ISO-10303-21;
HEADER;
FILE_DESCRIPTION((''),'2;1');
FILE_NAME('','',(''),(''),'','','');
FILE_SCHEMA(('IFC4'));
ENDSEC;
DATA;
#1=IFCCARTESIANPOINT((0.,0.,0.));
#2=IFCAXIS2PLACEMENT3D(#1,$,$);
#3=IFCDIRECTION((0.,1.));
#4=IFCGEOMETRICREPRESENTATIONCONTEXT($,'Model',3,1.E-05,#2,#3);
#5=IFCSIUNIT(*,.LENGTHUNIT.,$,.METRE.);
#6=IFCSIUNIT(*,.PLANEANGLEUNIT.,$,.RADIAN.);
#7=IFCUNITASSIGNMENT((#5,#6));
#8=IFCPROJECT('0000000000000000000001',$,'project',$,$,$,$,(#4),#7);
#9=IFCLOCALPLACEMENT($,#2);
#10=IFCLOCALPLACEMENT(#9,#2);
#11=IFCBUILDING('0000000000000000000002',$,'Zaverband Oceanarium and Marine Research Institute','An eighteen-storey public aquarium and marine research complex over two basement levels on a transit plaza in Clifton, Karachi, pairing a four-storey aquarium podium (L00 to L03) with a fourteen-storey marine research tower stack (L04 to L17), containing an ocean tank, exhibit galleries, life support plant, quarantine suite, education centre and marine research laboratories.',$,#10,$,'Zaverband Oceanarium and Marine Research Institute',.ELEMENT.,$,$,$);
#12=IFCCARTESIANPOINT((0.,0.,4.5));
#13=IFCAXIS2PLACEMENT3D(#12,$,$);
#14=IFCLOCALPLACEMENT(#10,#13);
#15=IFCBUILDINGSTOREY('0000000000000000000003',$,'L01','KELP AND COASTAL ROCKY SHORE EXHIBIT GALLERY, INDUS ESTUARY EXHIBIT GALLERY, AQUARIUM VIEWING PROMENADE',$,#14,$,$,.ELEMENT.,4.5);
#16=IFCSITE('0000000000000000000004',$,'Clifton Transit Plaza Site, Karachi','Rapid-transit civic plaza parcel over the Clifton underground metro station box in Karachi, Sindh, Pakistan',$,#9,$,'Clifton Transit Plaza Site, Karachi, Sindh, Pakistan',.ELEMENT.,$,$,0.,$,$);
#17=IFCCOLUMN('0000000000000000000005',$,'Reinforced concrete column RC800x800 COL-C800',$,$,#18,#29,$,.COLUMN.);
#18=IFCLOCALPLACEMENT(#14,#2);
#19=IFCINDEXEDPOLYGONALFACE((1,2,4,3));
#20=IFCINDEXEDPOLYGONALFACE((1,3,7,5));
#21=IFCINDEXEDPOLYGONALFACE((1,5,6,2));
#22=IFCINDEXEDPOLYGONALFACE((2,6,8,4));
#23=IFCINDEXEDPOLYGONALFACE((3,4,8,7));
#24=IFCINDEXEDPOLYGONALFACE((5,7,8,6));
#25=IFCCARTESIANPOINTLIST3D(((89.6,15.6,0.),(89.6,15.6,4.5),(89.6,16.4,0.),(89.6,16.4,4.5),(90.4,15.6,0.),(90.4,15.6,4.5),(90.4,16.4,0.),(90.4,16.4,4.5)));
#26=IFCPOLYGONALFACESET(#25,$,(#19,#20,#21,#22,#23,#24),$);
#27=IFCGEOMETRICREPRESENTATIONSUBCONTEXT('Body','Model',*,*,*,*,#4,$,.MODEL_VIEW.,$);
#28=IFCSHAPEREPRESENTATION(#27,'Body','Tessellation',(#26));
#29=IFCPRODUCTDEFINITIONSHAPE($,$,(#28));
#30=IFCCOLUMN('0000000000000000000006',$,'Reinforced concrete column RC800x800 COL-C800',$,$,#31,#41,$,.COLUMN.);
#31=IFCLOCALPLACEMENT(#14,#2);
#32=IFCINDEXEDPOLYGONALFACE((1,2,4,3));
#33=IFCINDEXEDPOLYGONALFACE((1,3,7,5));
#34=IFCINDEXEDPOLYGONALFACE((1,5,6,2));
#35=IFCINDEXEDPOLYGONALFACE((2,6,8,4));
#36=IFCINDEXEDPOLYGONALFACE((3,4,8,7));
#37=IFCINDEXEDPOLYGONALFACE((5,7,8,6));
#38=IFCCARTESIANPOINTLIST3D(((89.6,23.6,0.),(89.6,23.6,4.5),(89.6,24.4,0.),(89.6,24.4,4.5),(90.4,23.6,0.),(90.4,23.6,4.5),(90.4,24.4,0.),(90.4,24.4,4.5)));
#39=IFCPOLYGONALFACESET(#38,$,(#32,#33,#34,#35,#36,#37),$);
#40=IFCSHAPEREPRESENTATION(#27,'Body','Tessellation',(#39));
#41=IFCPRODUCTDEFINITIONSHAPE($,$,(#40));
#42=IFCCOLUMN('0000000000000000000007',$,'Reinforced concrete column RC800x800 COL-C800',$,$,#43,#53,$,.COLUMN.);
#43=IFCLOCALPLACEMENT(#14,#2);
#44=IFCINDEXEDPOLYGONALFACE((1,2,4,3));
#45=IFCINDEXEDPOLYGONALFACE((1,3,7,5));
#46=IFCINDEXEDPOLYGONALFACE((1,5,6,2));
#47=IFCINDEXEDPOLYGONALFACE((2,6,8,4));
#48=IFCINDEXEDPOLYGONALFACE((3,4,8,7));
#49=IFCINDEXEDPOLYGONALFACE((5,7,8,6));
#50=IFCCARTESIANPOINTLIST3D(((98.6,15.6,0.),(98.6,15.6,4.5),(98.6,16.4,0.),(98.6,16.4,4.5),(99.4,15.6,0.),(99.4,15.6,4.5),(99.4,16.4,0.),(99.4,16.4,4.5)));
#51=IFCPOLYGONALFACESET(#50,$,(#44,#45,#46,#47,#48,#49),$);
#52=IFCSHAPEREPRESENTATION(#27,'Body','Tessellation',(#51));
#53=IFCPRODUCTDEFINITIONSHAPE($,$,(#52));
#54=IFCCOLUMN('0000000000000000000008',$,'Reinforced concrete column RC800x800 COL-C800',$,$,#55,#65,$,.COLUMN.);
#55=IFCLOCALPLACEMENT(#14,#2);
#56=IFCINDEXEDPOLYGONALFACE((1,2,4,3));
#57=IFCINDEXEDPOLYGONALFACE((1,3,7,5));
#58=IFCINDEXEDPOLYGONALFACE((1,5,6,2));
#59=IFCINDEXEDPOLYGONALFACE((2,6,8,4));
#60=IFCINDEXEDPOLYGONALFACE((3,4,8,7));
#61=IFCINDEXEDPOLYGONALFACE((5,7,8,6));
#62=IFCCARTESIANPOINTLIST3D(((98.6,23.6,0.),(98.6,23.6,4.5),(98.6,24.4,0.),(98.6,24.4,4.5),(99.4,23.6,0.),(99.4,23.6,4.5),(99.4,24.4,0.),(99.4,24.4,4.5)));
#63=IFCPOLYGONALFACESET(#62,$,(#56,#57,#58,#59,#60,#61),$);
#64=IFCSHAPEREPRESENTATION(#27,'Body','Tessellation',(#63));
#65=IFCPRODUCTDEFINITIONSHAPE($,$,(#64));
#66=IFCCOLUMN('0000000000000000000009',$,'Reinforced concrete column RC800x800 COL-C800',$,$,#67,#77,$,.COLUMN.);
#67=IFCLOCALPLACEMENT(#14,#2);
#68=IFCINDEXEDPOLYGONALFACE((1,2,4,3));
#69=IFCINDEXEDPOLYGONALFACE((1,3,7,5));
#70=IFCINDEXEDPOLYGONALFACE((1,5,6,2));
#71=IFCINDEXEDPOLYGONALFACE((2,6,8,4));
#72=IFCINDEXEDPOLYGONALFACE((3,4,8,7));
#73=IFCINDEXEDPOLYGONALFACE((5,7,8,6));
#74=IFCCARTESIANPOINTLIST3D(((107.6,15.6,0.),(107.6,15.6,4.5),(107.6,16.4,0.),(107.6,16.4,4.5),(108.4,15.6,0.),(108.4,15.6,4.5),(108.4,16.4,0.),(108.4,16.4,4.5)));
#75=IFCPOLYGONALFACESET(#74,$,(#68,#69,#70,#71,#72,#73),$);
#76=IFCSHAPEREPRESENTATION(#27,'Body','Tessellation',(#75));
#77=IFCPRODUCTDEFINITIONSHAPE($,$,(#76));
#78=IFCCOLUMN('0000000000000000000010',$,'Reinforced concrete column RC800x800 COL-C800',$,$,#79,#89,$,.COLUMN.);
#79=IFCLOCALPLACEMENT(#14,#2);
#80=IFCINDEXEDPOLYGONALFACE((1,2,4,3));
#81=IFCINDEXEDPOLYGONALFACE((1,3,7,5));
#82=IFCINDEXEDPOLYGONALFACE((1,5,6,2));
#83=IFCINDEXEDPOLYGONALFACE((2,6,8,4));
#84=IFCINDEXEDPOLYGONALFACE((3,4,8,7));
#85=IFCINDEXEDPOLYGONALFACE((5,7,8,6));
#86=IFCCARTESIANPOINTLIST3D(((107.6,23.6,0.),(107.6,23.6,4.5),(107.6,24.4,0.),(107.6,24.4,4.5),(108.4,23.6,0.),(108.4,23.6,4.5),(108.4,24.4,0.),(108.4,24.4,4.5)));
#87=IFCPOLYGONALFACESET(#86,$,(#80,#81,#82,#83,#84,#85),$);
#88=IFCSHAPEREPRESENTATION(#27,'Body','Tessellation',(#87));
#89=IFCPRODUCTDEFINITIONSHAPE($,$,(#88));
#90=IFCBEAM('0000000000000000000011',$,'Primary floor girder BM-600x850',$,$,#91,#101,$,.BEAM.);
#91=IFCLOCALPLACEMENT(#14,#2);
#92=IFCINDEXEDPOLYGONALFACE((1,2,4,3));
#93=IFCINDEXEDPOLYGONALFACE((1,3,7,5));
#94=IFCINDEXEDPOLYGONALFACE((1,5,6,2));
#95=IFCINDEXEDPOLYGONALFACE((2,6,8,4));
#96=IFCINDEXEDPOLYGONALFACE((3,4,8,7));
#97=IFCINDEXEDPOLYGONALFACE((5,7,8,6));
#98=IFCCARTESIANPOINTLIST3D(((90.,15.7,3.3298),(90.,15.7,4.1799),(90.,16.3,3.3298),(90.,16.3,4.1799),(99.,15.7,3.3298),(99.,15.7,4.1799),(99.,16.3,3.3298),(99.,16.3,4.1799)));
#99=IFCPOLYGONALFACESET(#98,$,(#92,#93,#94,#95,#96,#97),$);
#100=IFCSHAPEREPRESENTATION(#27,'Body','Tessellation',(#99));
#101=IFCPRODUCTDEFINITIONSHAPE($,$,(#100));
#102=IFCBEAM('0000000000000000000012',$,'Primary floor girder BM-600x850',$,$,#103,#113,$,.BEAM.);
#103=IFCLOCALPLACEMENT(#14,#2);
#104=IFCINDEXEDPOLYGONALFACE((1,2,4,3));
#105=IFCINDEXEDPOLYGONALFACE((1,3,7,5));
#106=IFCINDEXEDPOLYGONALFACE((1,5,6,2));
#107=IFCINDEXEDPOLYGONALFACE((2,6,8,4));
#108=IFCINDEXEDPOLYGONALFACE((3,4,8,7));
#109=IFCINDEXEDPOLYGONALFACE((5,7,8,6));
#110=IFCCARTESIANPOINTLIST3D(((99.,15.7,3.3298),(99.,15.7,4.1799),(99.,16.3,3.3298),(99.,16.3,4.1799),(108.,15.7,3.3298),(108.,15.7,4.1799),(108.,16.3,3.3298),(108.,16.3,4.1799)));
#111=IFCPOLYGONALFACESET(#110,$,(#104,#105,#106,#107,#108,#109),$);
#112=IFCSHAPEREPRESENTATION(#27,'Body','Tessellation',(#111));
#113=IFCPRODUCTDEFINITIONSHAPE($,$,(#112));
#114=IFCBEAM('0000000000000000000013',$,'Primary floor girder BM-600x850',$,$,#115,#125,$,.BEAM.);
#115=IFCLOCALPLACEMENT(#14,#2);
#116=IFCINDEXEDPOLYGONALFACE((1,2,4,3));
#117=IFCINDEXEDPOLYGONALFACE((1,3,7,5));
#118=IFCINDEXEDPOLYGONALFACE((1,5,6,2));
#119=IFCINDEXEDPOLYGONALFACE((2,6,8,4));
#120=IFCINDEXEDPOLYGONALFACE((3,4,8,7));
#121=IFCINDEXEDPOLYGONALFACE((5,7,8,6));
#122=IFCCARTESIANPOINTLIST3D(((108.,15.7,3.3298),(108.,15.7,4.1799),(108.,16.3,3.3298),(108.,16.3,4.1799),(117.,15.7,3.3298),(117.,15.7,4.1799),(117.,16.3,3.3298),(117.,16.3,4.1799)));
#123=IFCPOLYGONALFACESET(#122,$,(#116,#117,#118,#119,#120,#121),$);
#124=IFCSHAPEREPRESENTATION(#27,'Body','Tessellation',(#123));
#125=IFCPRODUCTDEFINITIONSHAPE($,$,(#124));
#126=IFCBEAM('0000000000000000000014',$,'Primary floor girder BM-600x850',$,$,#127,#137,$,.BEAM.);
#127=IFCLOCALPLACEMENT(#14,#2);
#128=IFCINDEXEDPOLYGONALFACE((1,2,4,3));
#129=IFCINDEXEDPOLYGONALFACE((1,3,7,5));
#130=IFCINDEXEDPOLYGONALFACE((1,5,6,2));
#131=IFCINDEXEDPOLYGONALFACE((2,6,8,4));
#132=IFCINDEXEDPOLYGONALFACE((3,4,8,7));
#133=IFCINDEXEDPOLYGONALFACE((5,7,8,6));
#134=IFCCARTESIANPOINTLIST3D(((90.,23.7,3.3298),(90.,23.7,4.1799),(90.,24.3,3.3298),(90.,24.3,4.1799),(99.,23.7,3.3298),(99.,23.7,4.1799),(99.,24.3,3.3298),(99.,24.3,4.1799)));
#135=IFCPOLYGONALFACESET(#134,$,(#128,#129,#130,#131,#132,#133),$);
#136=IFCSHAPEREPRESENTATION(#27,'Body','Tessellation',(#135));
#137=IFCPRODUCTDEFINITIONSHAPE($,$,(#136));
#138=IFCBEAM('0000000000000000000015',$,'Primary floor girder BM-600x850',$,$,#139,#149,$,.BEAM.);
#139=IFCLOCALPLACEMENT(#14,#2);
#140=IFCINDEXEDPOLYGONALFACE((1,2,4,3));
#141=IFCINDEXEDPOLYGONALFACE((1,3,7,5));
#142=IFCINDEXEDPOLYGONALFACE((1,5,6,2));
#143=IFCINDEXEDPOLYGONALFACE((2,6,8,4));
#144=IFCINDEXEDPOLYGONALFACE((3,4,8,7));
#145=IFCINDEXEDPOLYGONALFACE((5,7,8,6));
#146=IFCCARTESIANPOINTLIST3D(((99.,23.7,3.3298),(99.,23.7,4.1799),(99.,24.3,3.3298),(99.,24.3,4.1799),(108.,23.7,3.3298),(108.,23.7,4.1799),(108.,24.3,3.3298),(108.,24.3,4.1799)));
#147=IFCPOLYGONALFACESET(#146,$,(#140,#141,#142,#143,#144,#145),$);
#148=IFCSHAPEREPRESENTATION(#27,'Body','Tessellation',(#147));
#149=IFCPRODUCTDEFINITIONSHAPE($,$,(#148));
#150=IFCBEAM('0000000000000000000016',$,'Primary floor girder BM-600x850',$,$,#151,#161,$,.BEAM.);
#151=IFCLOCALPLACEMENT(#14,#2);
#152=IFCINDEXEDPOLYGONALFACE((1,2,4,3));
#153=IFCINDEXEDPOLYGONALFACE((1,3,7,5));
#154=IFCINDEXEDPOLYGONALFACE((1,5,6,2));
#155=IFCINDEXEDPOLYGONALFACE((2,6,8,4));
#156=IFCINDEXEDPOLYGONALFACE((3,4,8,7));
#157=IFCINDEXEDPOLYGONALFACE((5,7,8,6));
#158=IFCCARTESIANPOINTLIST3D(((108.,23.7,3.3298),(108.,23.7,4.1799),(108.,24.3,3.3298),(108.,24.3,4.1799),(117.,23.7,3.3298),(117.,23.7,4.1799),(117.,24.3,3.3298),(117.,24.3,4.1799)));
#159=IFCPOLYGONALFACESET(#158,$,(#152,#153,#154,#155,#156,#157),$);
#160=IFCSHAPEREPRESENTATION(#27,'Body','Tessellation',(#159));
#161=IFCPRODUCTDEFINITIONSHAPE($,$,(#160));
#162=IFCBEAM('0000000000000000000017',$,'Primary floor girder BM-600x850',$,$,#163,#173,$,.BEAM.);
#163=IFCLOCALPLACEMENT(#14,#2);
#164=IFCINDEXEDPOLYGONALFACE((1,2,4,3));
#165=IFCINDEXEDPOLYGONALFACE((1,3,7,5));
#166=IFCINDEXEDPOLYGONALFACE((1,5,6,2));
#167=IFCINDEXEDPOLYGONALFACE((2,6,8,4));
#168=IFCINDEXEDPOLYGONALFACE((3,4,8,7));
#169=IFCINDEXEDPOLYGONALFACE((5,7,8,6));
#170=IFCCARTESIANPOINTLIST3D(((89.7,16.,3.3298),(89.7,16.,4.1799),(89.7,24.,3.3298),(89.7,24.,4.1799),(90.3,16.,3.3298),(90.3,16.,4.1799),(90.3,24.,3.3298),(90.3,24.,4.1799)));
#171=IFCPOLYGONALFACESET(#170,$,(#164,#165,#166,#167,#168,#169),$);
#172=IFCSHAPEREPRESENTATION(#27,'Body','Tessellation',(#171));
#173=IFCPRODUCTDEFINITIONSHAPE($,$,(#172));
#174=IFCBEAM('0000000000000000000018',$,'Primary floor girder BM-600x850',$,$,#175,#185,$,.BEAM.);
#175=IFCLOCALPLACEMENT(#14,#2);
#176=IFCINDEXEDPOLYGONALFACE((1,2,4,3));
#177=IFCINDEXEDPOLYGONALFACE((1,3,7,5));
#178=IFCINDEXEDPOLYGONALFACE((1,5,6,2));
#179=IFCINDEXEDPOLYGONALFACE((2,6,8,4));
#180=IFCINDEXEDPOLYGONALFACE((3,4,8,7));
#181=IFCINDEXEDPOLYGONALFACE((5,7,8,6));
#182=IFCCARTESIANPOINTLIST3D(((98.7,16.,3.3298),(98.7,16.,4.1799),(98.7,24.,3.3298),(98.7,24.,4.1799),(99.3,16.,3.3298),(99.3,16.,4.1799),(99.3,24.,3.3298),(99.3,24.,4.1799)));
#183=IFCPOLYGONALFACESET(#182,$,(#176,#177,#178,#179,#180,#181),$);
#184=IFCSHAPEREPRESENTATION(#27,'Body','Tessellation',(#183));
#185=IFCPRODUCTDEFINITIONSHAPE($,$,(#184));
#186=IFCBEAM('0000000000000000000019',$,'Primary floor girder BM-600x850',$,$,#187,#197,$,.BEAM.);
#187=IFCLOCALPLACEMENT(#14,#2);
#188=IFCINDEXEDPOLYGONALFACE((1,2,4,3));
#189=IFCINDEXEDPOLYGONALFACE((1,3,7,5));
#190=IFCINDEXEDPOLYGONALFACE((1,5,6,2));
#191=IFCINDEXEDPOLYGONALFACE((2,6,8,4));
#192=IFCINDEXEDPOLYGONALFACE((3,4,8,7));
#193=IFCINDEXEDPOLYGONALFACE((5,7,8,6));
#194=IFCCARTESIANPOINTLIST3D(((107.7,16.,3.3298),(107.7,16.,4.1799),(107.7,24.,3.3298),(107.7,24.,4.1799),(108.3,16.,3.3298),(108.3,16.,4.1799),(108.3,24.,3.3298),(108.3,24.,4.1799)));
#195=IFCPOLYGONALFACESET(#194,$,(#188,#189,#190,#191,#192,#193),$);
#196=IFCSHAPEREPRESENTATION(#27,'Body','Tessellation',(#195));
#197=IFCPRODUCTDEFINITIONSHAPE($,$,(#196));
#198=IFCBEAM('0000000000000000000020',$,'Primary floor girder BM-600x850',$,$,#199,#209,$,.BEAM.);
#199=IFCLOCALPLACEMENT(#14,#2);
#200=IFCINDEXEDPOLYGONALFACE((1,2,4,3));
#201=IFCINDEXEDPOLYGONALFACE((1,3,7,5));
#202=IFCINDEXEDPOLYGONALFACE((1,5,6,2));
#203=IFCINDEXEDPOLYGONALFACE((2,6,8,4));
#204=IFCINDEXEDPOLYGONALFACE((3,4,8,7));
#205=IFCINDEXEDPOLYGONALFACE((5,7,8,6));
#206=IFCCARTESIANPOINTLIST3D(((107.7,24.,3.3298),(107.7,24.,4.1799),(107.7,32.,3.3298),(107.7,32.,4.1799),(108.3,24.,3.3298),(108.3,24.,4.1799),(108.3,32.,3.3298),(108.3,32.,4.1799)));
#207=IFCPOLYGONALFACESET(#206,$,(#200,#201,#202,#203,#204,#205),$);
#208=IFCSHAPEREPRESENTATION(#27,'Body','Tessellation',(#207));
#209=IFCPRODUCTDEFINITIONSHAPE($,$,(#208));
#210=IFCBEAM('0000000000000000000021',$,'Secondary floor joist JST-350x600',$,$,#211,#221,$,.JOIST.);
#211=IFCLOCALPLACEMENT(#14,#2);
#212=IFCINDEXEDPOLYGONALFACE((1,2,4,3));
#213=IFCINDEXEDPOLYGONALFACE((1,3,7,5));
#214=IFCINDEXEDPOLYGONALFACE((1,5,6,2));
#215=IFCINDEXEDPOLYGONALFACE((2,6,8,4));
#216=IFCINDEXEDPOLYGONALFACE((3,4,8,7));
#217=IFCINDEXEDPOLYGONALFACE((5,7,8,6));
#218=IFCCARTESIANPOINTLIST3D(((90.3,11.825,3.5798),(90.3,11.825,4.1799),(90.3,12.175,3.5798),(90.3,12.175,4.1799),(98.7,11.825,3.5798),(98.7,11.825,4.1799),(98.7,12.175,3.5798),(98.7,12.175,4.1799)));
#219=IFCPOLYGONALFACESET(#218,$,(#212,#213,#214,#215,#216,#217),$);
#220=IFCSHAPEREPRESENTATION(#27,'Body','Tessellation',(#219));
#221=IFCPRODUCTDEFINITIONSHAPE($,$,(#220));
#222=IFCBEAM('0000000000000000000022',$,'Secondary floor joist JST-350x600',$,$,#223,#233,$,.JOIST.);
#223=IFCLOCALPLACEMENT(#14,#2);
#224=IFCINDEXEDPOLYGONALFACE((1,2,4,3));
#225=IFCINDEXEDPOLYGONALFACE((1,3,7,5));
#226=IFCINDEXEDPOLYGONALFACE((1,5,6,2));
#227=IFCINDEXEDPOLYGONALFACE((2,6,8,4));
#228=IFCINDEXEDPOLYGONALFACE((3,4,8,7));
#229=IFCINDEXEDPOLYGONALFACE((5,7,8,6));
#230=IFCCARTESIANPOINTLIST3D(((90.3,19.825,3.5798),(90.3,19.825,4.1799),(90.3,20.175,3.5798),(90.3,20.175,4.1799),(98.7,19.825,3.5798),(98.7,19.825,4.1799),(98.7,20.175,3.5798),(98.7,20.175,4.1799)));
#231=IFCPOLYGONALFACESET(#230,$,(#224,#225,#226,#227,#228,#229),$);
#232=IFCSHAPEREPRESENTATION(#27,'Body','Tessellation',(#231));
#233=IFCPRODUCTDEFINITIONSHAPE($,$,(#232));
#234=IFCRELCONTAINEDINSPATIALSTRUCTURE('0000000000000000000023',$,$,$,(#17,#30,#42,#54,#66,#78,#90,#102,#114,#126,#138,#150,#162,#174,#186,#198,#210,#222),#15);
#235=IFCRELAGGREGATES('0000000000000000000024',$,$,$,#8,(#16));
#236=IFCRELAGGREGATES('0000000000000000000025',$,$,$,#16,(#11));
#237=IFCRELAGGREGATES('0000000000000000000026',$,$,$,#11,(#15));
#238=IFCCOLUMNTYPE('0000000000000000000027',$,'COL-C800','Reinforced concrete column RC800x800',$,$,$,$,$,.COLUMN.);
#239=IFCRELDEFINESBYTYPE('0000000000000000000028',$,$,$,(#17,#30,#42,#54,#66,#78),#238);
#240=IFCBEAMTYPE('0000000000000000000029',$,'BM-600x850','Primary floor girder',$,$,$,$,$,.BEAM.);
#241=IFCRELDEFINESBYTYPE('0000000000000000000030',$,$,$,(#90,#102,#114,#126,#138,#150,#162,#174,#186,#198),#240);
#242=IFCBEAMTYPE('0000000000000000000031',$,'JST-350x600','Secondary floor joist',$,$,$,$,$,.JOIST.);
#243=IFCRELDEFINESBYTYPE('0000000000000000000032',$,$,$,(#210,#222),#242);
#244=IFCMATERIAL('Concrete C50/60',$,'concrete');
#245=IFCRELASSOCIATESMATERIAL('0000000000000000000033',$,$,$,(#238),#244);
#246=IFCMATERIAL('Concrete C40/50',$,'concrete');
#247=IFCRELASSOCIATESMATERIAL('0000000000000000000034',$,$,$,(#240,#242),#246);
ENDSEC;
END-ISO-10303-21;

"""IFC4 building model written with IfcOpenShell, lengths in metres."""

from ifc_helpers import new_model, si_unit, direction, frame, origin, origin_2d, place, context, subcontext, project, spatial, rectangle, extrude, material, material_profile, profile_set, type_object, element, save


model = new_model("IFC4")

# Units and contexts
model_context = context("Model", 3, precision=1e-05, world=origin(), true_north=direction((0.0, 1.0)))
body_context = subcontext(model_context, "Body", "Model", "MODEL_VIEW")
ifc_project = project(units=[si_unit("LENGTHUNIT", "METRE"), si_unit("PLANEANGLEUNIT", "RADIAN")], contexts=[model_context])

# Site, building, storey
site_placement = place(None, origin())
site = spatial("IfcSite", under=ifc_project, at=site_placement, Name="Clifton Transit Plaza Site, Karachi", Description="Rapid-transit civic plaza parcel over the Clifton underground metro station box in Karachi, Sindh, Pakistan", LongName="Clifton Transit Plaza Site, Karachi, Sindh, Pakistan", CompositionType="ELEMENT", RefElevation=0.0)
building_placement = place(site_placement, origin())
building = spatial("IfcBuilding", under=site, at=building_placement, Name="Zaverband Oceanarium and Marine Research Institute", Description="An eighteen-storey public aquarium and marine research complex over two basement levels on a transit plaza in Clifton, Karachi, pairing a four-storey aquarium podium (L00 to L03) with a fourteen-storey marine research tower stack (L04 to L17), containing an ocean tank, exhibit galleries, life support plant, quarantine suite, education centre and marine research laboratories.", LongName="Zaverband Oceanarium and Marine Research Institute", CompositionType="ELEMENT")
storey_placement = place(building_placement, frame((0.0, 0.0, 4.5)))
storey = spatial("IfcBuildingStorey", under=building, at=storey_placement, Name="L01", Description="KELP AND COASTAL ROCKY SHORE EXHIBIT GALLERY, INDUS ESTUARY EXHIBIT GALLERY, AQUARIUM VIEWING PROMENADE", CompositionType="ELEMENT", Elevation=4.5)

# Columns
ifc_material_1 = material(Name="Concrete C50/60", Category="concrete")
ifc_material_profile_1 = material_profile(ifc_material_1, rectangle(XDim=0.8, YDim=0.8, at=origin_2d()), Name="RC800x800")
ifc_profile_set_1 = profile_set([ifc_material_profile_1], Name="Concrete C50/60")
column_type = type_object("IfcColumnType", Name="COL-C800", Description="Reinforced concrete column RC800x800", PredefinedType="COLUMN", material=ifc_profile_set_1)
for number, where, z_axis, x_axis, name in (
    (1, (90.0, 16.0, 0.0), (0.0, 0.0, 1.0), (1.0, 0.0, 0.0), "Reinforced concrete column RC800x800 COL-C800"),
    (2, (90.0, 24.0, 0.0), (0.0, 0.0, 1.0), (1.0, 0.0, 0.0), "Reinforced concrete column RC800x800 COL-C800"),
    (3, (99.0, 16.0, 0.0), (0.0, 0.0, 1.0), (1.0, 0.0, 0.0), "Reinforced concrete column RC800x800 COL-C800"),
    (4, (99.0, 24.0, 0.0), (0.0, 0.0, 1.0), (1.0, 0.0, 0.0), "Reinforced concrete column RC800x800 COL-C800"),
    (5, (108.0, 16.0, 0.0), (0.0, 0.0, 1.0), (1.0, 0.0, 0.0), "Reinforced concrete column RC800x800 COL-C800"),
    (6, (108.0, 24.0, 0.0), (0.0, 0.0, 1.0), (1.0, 0.0, 0.0), "Reinforced concrete column RC800x800 COL-C800"),
):
    element("IfcColumn", number, at=place(storey_placement, frame(where, z_axis=z_axis, x_axis=x_axis)), inside=storey, type_object=column_type, Name=name, PredefinedType="COLUMN", context=body_context, shape_type="SweptSolid", body=[
        extrude(rectangle(XDim=0.8, YDim=0.8, at=origin_2d()), origin(), (0.0, 0.0, 1.0), 4.5),
    ])

# Beams
ifc_material_2 = material(Name="Concrete C40/50", Category="concrete")
ifc_material_profile_2 = material_profile(ifc_material_2, rectangle(XDim=0.6001, YDim=0.8501, at=origin_2d()), Name="RC600x850")
ifc_profile_set_2 = profile_set([ifc_material_profile_2], Name="Concrete C40/50")
beam_type_1 = type_object("IfcBeamType", Name="BM-600x850", Description="Primary floor girder", PredefinedType="BEAM", material=ifc_profile_set_2)
for number, where, z_axis, x_axis, name in (
    (7, (90.0, 16.0, 3.7549), (1.0, 0.0, 0.0), (0.0, 1.0, 0.0), "Primary floor girder BM-600x850"),
    (8, (99.0, 16.0, 3.7549), (1.0, 0.0, 0.0), (0.0, 1.0, 0.0), "Primary floor girder BM-600x850"),
    (9, (108.0, 16.0, 3.7549), (1.0, 0.0, 0.0), (0.0, 1.0, 0.0), "Primary floor girder BM-600x850"),
    (10, (90.0, 24.0, 3.7549), (1.0, 0.0, 0.0), (0.0, 1.0, 0.0), "Primary floor girder BM-600x850"),
    (11, (99.0, 24.0, 3.7549), (1.0, 0.0, 0.0), (0.0, 1.0, 0.0), "Primary floor girder BM-600x850"),
    (12, (108.0, 24.0, 3.7549), (1.0, 0.0, 0.0), (0.0, 1.0, 0.0), "Primary floor girder BM-600x850"),
):
    element("IfcBeam", number, at=place(storey_placement, frame(where, z_axis=z_axis, x_axis=x_axis)), inside=storey, type_object=beam_type_1, Name=name, PredefinedType="BEAM", context=body_context, shape_type="SweptSolid", body=[
        extrude(rectangle(XDim=0.6001, YDim=0.8501, at=origin_2d()), origin(), (0.0, 0.0, 1.0), 9.0),
    ])
for number, where, z_axis, x_axis, name in (
    (13, (90.0, 16.0, 3.7549), (0.0, 1.0, 0.0), (-1.0, 0.0, 0.0), "Primary floor girder BM-600x850"),
    (14, (99.0, 16.0, 3.7549), (0.0, 1.0, 0.0), (-1.0, 0.0, 0.0), "Primary floor girder BM-600x850"),
    (15, (108.0, 16.0, 3.7549), (0.0, 1.0, 0.0), (-1.0, 0.0, 0.0), "Primary floor girder BM-600x850"),
    (16, (108.0, 24.0, 3.7549), (0.0, 1.0, 0.0), (-1.0, 0.0, 0.0), "Primary floor girder BM-600x850"),
):
    element("IfcBeam", number, at=place(storey_placement, frame(where, z_axis=z_axis, x_axis=x_axis)), inside=storey, type_object=beam_type_1, Name=name, PredefinedType="BEAM", context=body_context, shape_type="SweptSolid", body=[
        extrude(rectangle(XDim=0.6001, YDim=0.8501, at=origin_2d()), origin(), (0.0, 0.0, 1.0), 8.0),
    ])
ifc_material_profile_3 = material_profile(ifc_material_2, rectangle(XDim=0.3501, YDim=0.6001, at=origin_2d()), Name="RC350x600")
ifc_profile_set_3 = profile_set([ifc_material_profile_3], Name="Concrete C40/50")
beam_type_2 = type_object("IfcBeamType", Name="JST-350x600", Description="Secondary floor joist", PredefinedType="JOIST", material=ifc_profile_set_3)
for number, where, z_axis, x_axis, name in (
    (17, (90.3, 12.0, 3.8799), (1.0, 0.0, 0.0), (0.0, 1.0, 0.0), "Secondary floor joist JST-350x600"),
    (18, (90.3, 20.0, 3.8799), (1.0, 0.0, 0.0), (0.0, 1.0, 0.0), "Secondary floor joist JST-350x600"),
):
    element("IfcBeam", number, at=place(storey_placement, frame(where, z_axis=z_axis, x_axis=x_axis)), inside=storey, type_object=beam_type_2, Name=name, PredefinedType="JOIST", context=body_context, shape_type="SweptSolid", body=[
        extrude(rectangle(XDim=0.3501, YDim=0.6001, at=origin_2d()), origin(), (0.0, 0.0, 1.0), 8.3999),
    ])

save(model, "model.ifc")
